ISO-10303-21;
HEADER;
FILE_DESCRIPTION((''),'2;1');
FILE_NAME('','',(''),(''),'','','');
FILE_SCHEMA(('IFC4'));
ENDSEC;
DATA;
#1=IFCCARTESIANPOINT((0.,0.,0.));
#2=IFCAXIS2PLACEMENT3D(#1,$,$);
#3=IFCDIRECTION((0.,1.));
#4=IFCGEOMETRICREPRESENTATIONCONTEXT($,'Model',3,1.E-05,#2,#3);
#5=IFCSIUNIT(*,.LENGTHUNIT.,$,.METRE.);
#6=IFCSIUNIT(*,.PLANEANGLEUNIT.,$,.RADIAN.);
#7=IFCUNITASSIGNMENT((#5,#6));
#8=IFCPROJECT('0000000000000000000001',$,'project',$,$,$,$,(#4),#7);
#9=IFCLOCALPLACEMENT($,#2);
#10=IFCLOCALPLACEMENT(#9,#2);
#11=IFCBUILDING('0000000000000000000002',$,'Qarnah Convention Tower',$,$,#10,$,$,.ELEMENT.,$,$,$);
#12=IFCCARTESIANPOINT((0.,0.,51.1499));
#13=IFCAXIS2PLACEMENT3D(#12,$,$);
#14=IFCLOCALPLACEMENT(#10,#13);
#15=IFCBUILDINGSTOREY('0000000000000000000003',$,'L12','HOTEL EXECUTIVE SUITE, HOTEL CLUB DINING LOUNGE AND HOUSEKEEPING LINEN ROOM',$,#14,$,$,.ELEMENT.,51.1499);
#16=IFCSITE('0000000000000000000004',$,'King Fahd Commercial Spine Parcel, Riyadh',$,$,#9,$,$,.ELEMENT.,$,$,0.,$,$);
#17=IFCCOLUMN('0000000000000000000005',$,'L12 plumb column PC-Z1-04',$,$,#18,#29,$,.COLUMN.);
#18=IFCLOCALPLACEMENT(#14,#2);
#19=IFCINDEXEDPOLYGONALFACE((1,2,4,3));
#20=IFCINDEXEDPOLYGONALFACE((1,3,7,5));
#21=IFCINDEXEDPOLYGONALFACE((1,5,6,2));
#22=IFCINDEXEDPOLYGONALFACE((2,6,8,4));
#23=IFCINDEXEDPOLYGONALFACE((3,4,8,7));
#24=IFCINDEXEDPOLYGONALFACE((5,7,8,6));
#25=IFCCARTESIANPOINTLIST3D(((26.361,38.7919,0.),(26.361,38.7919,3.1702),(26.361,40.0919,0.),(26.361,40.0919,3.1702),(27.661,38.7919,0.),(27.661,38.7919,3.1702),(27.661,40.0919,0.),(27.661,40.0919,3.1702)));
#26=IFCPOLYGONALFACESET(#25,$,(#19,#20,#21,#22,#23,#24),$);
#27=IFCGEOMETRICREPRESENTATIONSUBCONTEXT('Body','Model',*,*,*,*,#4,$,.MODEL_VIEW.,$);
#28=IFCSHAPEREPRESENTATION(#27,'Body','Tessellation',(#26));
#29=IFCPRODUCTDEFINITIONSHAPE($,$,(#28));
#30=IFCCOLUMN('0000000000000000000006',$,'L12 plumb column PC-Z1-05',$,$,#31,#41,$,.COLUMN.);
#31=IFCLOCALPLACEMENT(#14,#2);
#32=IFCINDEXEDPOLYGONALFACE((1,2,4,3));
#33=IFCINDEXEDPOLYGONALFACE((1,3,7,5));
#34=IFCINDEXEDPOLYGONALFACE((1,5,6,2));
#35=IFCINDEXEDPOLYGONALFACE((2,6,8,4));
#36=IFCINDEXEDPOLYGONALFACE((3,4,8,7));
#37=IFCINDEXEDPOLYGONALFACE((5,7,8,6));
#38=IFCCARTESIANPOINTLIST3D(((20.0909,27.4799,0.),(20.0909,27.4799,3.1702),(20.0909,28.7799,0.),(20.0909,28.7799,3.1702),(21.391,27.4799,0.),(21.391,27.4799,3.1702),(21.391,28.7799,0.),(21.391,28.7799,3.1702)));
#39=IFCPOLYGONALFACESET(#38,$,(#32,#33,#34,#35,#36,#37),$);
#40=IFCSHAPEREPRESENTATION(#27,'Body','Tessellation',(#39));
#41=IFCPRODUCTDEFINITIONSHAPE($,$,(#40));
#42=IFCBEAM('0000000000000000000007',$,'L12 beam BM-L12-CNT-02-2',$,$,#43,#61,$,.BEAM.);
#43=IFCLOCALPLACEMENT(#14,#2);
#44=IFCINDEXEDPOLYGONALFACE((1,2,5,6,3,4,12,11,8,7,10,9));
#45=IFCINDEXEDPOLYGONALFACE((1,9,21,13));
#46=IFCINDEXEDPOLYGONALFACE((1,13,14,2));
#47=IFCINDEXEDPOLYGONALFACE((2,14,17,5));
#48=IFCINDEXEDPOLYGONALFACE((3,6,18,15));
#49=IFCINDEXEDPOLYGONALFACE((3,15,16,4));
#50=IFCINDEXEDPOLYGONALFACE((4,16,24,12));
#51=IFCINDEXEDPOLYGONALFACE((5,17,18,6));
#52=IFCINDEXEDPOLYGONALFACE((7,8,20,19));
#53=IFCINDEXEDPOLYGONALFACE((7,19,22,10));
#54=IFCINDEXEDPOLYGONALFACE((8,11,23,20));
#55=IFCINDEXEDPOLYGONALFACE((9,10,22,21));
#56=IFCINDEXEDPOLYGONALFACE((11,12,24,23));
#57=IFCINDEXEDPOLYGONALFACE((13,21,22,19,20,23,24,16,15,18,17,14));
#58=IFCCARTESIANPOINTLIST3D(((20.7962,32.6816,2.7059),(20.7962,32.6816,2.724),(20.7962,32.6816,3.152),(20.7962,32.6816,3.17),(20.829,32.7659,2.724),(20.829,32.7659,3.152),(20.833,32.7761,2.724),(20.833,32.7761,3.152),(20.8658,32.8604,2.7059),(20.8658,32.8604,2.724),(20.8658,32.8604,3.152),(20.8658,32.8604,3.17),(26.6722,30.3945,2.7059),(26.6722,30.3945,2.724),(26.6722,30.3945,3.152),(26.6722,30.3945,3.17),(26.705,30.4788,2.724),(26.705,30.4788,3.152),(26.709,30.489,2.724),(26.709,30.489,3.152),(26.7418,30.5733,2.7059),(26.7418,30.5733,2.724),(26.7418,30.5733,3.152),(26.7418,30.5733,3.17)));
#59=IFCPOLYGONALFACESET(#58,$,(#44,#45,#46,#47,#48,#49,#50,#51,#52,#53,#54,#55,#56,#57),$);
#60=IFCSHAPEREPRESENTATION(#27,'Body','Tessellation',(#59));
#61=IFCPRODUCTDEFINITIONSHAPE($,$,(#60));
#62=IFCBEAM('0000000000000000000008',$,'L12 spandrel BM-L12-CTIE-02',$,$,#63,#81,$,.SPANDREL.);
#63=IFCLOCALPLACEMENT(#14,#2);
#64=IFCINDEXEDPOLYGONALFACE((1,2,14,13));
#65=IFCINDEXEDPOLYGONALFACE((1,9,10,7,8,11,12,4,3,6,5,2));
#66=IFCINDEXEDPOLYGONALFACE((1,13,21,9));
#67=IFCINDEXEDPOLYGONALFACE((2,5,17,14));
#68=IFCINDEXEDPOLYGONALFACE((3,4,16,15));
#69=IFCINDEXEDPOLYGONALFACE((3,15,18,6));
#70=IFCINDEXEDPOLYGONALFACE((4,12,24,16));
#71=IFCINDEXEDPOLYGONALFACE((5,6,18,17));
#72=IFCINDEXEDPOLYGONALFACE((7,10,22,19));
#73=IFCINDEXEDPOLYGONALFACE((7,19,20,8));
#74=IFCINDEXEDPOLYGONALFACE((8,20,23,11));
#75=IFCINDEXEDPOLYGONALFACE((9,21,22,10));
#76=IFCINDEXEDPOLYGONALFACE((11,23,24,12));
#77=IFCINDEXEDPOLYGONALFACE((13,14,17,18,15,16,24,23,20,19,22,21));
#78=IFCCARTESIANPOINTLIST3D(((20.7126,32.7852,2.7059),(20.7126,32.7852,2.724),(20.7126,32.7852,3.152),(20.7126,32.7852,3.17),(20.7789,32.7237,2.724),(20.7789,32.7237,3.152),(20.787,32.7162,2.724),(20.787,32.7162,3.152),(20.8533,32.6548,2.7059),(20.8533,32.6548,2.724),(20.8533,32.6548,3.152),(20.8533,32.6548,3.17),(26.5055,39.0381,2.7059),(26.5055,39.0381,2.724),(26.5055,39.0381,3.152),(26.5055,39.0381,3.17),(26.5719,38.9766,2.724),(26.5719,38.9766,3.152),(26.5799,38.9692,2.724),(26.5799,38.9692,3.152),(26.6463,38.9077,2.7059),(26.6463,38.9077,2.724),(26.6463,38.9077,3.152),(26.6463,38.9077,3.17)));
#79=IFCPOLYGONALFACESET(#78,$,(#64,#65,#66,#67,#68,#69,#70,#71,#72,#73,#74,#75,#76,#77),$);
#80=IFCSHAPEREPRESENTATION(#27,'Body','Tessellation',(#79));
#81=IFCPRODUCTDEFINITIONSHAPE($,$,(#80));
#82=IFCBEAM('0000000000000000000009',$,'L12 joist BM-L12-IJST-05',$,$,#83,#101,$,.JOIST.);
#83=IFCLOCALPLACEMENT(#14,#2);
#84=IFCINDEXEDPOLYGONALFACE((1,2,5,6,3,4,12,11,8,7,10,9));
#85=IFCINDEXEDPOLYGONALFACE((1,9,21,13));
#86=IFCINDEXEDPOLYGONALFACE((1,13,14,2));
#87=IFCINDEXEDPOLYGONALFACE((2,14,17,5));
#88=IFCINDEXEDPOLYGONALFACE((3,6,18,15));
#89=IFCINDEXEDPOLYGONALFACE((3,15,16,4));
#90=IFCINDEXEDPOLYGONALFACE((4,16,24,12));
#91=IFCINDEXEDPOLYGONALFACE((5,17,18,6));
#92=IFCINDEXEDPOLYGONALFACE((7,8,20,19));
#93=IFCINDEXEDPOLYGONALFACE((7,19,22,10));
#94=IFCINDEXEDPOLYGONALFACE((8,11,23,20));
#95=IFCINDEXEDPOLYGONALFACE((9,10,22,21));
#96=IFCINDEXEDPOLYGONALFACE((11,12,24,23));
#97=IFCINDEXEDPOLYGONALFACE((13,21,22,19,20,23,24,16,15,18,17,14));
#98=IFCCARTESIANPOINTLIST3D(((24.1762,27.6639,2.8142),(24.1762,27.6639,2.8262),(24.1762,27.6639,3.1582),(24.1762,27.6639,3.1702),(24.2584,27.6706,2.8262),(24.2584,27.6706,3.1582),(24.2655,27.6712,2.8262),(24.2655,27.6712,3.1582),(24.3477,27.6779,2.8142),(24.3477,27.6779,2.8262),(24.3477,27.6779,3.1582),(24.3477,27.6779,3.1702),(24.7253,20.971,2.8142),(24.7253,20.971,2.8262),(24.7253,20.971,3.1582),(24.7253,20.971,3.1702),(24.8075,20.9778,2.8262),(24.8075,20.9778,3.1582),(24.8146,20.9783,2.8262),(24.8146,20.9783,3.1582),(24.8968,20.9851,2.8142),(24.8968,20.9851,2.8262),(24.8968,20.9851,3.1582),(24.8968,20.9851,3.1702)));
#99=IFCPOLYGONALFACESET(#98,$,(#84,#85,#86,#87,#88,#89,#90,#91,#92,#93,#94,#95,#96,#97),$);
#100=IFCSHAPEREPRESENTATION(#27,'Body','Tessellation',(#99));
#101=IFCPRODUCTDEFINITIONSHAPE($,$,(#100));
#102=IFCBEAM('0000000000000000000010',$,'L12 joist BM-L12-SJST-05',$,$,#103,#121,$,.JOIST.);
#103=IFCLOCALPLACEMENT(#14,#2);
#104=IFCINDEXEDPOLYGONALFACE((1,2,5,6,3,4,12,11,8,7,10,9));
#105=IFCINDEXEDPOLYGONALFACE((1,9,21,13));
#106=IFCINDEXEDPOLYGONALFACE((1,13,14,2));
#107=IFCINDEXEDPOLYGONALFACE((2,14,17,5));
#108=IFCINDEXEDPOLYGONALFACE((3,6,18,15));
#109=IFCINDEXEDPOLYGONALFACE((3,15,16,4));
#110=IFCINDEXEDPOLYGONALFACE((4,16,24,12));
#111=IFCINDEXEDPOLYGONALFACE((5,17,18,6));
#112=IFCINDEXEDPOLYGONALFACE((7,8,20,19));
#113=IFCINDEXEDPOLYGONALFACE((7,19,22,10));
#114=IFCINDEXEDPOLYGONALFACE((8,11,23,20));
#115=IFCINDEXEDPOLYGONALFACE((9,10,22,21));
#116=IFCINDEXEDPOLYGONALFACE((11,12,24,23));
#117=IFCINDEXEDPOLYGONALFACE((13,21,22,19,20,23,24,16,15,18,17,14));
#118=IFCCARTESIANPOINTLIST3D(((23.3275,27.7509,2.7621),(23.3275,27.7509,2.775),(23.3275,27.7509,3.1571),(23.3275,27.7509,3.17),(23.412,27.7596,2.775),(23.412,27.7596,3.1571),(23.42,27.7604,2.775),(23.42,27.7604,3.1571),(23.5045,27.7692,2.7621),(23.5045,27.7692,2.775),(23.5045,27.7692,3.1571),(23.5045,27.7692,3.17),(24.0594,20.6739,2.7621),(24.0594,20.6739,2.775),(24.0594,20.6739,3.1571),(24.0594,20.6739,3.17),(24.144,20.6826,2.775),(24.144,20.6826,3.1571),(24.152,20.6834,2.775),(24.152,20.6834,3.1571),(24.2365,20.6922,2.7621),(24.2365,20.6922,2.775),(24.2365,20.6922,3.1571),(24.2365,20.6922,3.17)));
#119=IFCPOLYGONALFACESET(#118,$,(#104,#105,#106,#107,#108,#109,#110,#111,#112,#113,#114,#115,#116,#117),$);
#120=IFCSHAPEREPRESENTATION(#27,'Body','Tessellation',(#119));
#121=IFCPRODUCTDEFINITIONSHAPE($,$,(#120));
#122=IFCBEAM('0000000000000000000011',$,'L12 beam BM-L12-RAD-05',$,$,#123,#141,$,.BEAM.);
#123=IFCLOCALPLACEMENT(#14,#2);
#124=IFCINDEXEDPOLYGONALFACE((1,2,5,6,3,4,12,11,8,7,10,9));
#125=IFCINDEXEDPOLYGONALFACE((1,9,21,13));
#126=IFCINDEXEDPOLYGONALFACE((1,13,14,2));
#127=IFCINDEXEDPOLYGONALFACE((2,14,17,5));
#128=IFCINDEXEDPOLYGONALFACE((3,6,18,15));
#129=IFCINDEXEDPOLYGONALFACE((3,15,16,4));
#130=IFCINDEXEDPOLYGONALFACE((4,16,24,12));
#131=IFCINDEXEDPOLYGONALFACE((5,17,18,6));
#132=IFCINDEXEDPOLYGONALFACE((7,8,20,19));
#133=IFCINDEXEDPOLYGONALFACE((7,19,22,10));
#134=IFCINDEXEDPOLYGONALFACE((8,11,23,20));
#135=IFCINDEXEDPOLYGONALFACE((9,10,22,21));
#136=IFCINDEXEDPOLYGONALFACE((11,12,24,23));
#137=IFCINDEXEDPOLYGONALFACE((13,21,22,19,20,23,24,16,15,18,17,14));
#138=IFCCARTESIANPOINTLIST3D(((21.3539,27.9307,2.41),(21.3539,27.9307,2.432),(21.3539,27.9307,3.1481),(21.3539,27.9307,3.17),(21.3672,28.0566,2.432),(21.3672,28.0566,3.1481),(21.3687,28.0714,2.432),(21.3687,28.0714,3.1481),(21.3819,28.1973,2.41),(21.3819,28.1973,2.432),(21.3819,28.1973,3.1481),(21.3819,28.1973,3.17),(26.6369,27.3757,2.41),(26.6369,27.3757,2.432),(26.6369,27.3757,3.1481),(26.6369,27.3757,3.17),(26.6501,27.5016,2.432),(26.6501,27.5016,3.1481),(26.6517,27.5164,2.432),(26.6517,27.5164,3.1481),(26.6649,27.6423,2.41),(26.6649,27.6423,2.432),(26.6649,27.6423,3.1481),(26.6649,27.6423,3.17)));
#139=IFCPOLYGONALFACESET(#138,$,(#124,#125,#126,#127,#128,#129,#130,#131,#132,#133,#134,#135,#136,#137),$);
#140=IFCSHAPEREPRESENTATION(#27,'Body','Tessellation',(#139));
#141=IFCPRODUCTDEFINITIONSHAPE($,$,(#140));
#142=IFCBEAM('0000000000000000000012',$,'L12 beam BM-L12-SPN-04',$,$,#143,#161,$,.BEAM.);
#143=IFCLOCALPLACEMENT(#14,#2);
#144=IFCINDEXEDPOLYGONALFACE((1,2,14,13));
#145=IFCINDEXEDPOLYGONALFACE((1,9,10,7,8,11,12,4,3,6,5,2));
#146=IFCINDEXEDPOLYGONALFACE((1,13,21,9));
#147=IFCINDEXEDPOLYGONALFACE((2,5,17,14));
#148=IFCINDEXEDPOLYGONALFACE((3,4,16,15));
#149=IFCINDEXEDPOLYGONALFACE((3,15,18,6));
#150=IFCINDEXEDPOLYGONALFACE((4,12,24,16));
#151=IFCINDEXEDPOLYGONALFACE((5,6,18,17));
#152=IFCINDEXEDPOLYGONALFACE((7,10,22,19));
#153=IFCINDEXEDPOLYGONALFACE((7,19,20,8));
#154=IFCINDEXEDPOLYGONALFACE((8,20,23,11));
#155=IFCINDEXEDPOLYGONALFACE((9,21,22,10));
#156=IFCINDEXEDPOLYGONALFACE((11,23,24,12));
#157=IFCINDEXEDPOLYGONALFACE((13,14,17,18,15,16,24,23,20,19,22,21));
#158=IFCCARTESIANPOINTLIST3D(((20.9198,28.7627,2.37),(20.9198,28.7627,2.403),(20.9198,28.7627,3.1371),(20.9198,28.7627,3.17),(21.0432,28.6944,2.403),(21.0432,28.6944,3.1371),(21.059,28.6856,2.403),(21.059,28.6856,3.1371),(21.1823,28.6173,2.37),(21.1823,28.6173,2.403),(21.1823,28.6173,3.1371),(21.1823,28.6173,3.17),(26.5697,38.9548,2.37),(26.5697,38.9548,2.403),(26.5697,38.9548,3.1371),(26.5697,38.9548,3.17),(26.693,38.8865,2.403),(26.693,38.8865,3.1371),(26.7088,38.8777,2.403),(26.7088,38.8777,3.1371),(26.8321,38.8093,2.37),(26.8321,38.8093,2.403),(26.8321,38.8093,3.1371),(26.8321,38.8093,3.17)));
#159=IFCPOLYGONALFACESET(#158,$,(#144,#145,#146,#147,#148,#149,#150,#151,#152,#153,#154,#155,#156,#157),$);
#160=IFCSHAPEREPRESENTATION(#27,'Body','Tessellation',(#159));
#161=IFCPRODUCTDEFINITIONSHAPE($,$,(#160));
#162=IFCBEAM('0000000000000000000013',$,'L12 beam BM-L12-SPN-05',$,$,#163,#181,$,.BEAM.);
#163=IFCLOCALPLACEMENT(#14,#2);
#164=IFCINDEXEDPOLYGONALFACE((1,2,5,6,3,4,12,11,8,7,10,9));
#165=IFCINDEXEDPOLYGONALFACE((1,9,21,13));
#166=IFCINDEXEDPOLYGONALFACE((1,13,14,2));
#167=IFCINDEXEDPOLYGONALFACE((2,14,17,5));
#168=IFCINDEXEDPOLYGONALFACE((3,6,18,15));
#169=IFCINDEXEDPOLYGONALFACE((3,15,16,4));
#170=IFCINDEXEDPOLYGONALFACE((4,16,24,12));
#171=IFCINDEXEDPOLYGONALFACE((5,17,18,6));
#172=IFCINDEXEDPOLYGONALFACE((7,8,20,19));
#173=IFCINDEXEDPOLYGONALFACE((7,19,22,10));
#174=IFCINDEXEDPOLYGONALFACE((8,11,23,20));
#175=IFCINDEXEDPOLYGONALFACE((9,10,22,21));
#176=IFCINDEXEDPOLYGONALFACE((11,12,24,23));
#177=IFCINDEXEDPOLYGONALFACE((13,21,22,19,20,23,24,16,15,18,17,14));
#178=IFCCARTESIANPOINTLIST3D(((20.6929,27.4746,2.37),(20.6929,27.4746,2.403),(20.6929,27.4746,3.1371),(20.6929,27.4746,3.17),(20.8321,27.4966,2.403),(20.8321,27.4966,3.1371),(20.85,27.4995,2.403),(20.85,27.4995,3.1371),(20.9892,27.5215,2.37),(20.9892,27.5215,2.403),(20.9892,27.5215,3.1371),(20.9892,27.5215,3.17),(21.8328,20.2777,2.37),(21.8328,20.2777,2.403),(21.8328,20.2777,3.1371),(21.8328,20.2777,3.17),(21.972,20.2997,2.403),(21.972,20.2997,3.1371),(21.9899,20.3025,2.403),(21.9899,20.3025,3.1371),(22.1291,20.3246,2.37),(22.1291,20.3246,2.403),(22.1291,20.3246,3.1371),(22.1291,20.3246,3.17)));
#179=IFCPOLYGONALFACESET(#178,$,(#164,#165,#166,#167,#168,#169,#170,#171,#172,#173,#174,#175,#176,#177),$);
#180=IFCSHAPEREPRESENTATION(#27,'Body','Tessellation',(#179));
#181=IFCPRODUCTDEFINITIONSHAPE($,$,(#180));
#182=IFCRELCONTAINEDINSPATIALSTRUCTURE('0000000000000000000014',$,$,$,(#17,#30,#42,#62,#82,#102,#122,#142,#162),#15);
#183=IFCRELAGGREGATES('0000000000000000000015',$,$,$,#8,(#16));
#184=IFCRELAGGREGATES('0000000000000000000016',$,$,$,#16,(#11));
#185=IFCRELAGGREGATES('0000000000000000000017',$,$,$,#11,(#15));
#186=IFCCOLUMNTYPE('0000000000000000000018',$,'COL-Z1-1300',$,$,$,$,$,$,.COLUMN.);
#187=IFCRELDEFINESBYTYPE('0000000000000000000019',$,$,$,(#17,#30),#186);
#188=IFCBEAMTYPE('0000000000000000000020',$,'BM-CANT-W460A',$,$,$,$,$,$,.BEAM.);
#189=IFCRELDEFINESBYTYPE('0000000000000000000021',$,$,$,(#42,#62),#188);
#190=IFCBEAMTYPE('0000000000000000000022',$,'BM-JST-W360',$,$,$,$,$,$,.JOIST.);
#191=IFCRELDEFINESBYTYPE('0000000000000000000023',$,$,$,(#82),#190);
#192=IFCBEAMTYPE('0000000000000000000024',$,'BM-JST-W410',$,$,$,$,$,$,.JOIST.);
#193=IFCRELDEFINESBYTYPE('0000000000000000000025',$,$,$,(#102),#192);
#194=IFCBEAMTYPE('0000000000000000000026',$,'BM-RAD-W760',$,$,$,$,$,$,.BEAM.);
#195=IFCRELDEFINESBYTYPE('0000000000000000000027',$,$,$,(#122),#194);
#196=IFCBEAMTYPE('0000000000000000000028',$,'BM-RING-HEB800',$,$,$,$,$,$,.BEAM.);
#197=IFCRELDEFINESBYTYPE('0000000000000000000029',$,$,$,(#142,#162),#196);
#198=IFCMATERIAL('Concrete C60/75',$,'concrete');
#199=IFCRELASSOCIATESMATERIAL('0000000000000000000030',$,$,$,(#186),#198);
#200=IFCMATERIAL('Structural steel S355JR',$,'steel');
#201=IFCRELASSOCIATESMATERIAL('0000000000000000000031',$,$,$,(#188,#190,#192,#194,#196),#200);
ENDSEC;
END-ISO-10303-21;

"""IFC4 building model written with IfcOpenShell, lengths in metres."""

from ifc_helpers import new_model, si_unit, direction, frame, origin, origin_2d, place, context, subcontext, project, spatial, rectangle, i_section, extrude, material, material_profile, profile_set, type_object, element, save


model = new_model("IFC4")

# Units and contexts
model_context = context("Model", 3, precision=1e-05, world=origin(), true_north=direction((0.0, 1.0)))
body_context = subcontext(model_context, "Body", "Model", "MODEL_VIEW")
ifc_project = project(units=[si_unit("LENGTHUNIT", "METRE"), si_unit("PLANEANGLEUNIT", "RADIAN")], contexts=[model_context])

# Site, building, storey
site_placement = place(None, origin())
site = spatial("IfcSite", under=ifc_project, at=site_placement, Name="King Fahd Commercial Spine Parcel, Riyadh", CompositionType="ELEMENT", RefElevation=0.0)
building_placement = place(site_placement, origin())
building = spatial("IfcBuilding", under=site, at=building_placement, Name="Qarnah Convention Tower", CompositionType="ELEMENT")
storey_placement = place(building_placement, frame((0.0, 0.0, 51.1499)))
storey = spatial("IfcBuildingStorey", under=building, at=storey_placement, Name="L12", Description="HOTEL EXECUTIVE SUITE, HOTEL CLUB DINING LOUNGE AND HOUSEKEEPING LINEN ROOM", CompositionType="ELEMENT", Elevation=51.1499)

# Columns
ifc_material_1 = material(Name="Concrete C60/75", Category="concrete")
ifc_material_profile_1 = material_profile(ifc_material_1, rectangle(XDim=1.3, YDim=1.3, at=origin_2d()), Name="RC-COL-1300X1300")
ifc_profile_set_1 = profile_set([ifc_material_profile_1], Name="Concrete C60/75")
column_type = type_object("IfcColumnType", Name="COL-Z1-1300", PredefinedType="COLUMN", material=ifc_profile_set_1)
for number, where, z_axis, x_axis, name in (
    (1, (27.011, 39.4419, 0.0), (0.0, 0.0, 1.0), (1.0, 0.0, 0.0), "L12 plumb column PC-Z1-04"),
    (2, (20.741, 28.1299, 0.0), (0.0, 0.0, 1.0), (1.0, 0.0, 0.0), "L12 plumb column PC-Z1-05"),
):
    element("IfcColumn", number, at=place(storey_placement, frame(where, z_axis=z_axis, x_axis=x_axis)), inside=storey, type_object=column_type, Name=name, PredefinedType="COLUMN", context=body_context, shape_type="SweptSolid", body=[
        extrude(rectangle(XDim=1.3, YDim=1.3, at=origin_2d()), origin(), (0.0, 0.0, 1.0), 3.1702),
    ])

# Beams
ifc_material_2 = material(Name="Structural steel S355JR", Category="steel")
ifc_material_profile_2 = material_profile(ifc_material_2, i_section(OverallWidth=0.1919, OverallDepth=0.4641, WebThickness=0.011, FlangeThickness=0.0181, at=origin_2d()), Name="W460X89")
ifc_profile_set_2 = profile_set([ifc_material_profile_2], Name="Structural steel S355JR")
beam_type_1 = type_object("IfcBeamType", Name="BM-CANT-W460A", PredefinedType="BEAM", material=ifc_profile_set_2)
beam_1_placement = place(storey_placement, frame((26.707, 30.4839, 2.938), z_axis=(-0.931897, 0.362723, 0.0), x_axis=(-0.362723, -0.931897, 0.0)))
element("IfcBeam", 3, at=beam_1_placement, inside=storey, type_object=beam_type_1, Name="L12 beam BM-L12-CNT-02-2", PredefinedType="BEAM", context=body_context, shape_type="SweptSolid", body=[
    extrude(i_section(OverallWidth=0.1919, OverallDepth=0.4641, WebThickness=0.011, FlangeThickness=0.0181, at=origin_2d()), origin(), (0.0, 0.0, 1.0), 6.3054),
])
beam_2_placement = place(storey_placement, frame((20.783, 32.72, 2.938), z_axis=(0.679611, 0.733572, 0.0), x_axis=(-0.733572, 0.679611, 0.0)))
element("IfcBeam", 4, at=beam_2_placement, inside=storey, type_object=beam_type_1, Name="L12 spandrel BM-L12-CTIE-02", PredefinedType="SPANDREL", context=body_context, shape_type="SweptSolid", body=[
    extrude(i_section(OverallWidth=0.1919, OverallDepth=0.4641, WebThickness=0.011, FlangeThickness=0.0181, at=origin_2d()), origin(), (0.0, 0.0, 1.0), 8.5239),
])
ifc_material_profile_3 = material_profile(ifc_material_2, i_section(OverallWidth=0.1721, OverallDepth=0.356, WebThickness=0.0071, FlangeThickness=0.012, at=origin_2d()), Name="W360X51")
ifc_profile_set_3 = profile_set([ifc_material_profile_3], Name="Structural steel S355JR")
beam_type_2 = type_object("IfcBeamType", Name="BM-JST-W360", PredefinedType="JOIST", material=ifc_profile_set_3)
beam_3_placement = place(storey_placement, frame((24.262, 27.6709, 2.9922), z_axis=(0.081764, -0.996652, 0.0), x_axis=(0.996652, 0.081764, 0.0)))
element("IfcBeam", 5, at=beam_3_placement, inside=storey, type_object=beam_type_2, Name="L12 joist BM-L12-IJST-05", PredefinedType="JOIST", context=body_context, shape_type="SweptSolid", body=[
    extrude(i_section(OverallWidth=0.1721, OverallDepth=0.356, WebThickness=0.0071, FlangeThickness=0.012, at=origin_2d()), origin(), (0.0, 0.0, 1.0), 6.7153),
])
ifc_material_profile_4 = material_profile(ifc_material_2, i_section(OverallWidth=0.178, OverallDepth=0.408, WebThickness=0.0081, FlangeThickness=0.0129, at=origin_2d()), Name="W410X60")
ifc_profile_set_4 = profile_set([ifc_material_profile_4], Name="Structural steel S355JR")
beam_type_3 = type_object("IfcBeamType", Name="BM-JST-W410", PredefinedType="JOIST", material=ifc_profile_set_4)
beam_4_placement = place(storey_placement, frame((23.416, 27.76, 2.9661), z_axis=(0.102877, -0.994694, 0.0), x_axis=(0.994694, 0.102877, 0.0)))
element("IfcBeam", 6, at=beam_4_placement, inside=storey, type_object=beam_type_3, Name="L12 joist BM-L12-SJST-05", PredefinedType="JOIST", context=body_context, shape_type="SweptSolid", body=[
    extrude(i_section(OverallWidth=0.178, OverallDepth=0.408, WebThickness=0.0081, FlangeThickness=0.0129, at=origin_2d()), origin(), (0.0, 0.0, 1.0), 7.1147),
])
ifc_material_profile_5 = material_profile(ifc_material_2, i_section(OverallWidth=0.2681, OverallDepth=0.76, WebThickness=0.0149, FlangeThickness=0.022, at=origin_2d()), Name="W760X185")
ifc_profile_set_5 = profile_set([ifc_material_profile_5], Name="Structural steel S355JR")
beam_type_4 = type_object("IfcBeamType", Name="BM-RAD-W760", PredefinedType="BEAM", material=ifc_profile_set_5)
beam_5_placement = place(storey_placement, frame((26.6509, 27.509, 2.79), z_axis=(-0.994528, 0.104467, 0.0), x_axis=(-0.104467, -0.994528, 0.0)))
element("IfcBeam", 7, at=beam_5_placement, inside=storey, type_object=beam_type_4, Name="L12 beam BM-L12-RAD-05", PredefinedType="BEAM", context=body_context, shape_type="SweptSolid", body=[
    extrude(i_section(OverallWidth=0.2681, OverallDepth=0.76, WebThickness=0.0149, FlangeThickness=0.022, at=origin_2d()), origin(), (0.0, 0.0, 1.0), 5.312),
])
ifc_material_profile_6 = material_profile(ifc_material_2, i_section(OverallWidth=0.3, OverallDepth=0.8, WebThickness=0.0181, FlangeThickness=0.033, at=origin_2d()), Name="HEB800")
ifc_profile_set_6 = profile_set([ifc_material_profile_6], Name="Structural steel S355JR")
beam_type_5 = type_object("IfcBeamType", Name="BM-RING-HEB800", PredefinedType="BEAM", material=ifc_profile_set_6)
beam_6_placement = place(storey_placement, frame((26.7009, 38.8821, 2.77), z_axis=(-0.48483, -0.874609, 0.0), x_axis=(0.874609, -0.48483, 0.0)))
element("IfcBeam", 8, at=beam_6_placement, inside=storey, type_object=beam_type_5, Name="L12 beam BM-L12-SPN-04", PredefinedType="BEAM", context=body_context, shape_type="SweptSolid", body=[
    extrude(i_section(OverallWidth=0.3, OverallDepth=0.8, WebThickness=0.0181, FlangeThickness=0.033, at=origin_2d()), origin(), (0.0, 0.0, 1.0), 11.6533),
])
beam_7_placement = place(storey_placement, frame((20.8411, 27.498, 2.77), z_axis=(0.156434, -0.987688, 0.0), x_axis=(0.987688, 0.156434, 0.0)))
element("IfcBeam", 9, at=beam_7_placement, inside=storey, type_object=beam_type_5, Name="L12 beam BM-L12-SPN-05", PredefinedType="BEAM", context=body_context, shape_type="SweptSolid", body=[
    extrude(i_section(OverallWidth=0.3, OverallDepth=0.8, WebThickness=0.0181, FlangeThickness=0.033, at=origin_2d()), origin(), (0.0, 0.0, 1.0), 7.2866),
])

save(model, "model.ifc")
